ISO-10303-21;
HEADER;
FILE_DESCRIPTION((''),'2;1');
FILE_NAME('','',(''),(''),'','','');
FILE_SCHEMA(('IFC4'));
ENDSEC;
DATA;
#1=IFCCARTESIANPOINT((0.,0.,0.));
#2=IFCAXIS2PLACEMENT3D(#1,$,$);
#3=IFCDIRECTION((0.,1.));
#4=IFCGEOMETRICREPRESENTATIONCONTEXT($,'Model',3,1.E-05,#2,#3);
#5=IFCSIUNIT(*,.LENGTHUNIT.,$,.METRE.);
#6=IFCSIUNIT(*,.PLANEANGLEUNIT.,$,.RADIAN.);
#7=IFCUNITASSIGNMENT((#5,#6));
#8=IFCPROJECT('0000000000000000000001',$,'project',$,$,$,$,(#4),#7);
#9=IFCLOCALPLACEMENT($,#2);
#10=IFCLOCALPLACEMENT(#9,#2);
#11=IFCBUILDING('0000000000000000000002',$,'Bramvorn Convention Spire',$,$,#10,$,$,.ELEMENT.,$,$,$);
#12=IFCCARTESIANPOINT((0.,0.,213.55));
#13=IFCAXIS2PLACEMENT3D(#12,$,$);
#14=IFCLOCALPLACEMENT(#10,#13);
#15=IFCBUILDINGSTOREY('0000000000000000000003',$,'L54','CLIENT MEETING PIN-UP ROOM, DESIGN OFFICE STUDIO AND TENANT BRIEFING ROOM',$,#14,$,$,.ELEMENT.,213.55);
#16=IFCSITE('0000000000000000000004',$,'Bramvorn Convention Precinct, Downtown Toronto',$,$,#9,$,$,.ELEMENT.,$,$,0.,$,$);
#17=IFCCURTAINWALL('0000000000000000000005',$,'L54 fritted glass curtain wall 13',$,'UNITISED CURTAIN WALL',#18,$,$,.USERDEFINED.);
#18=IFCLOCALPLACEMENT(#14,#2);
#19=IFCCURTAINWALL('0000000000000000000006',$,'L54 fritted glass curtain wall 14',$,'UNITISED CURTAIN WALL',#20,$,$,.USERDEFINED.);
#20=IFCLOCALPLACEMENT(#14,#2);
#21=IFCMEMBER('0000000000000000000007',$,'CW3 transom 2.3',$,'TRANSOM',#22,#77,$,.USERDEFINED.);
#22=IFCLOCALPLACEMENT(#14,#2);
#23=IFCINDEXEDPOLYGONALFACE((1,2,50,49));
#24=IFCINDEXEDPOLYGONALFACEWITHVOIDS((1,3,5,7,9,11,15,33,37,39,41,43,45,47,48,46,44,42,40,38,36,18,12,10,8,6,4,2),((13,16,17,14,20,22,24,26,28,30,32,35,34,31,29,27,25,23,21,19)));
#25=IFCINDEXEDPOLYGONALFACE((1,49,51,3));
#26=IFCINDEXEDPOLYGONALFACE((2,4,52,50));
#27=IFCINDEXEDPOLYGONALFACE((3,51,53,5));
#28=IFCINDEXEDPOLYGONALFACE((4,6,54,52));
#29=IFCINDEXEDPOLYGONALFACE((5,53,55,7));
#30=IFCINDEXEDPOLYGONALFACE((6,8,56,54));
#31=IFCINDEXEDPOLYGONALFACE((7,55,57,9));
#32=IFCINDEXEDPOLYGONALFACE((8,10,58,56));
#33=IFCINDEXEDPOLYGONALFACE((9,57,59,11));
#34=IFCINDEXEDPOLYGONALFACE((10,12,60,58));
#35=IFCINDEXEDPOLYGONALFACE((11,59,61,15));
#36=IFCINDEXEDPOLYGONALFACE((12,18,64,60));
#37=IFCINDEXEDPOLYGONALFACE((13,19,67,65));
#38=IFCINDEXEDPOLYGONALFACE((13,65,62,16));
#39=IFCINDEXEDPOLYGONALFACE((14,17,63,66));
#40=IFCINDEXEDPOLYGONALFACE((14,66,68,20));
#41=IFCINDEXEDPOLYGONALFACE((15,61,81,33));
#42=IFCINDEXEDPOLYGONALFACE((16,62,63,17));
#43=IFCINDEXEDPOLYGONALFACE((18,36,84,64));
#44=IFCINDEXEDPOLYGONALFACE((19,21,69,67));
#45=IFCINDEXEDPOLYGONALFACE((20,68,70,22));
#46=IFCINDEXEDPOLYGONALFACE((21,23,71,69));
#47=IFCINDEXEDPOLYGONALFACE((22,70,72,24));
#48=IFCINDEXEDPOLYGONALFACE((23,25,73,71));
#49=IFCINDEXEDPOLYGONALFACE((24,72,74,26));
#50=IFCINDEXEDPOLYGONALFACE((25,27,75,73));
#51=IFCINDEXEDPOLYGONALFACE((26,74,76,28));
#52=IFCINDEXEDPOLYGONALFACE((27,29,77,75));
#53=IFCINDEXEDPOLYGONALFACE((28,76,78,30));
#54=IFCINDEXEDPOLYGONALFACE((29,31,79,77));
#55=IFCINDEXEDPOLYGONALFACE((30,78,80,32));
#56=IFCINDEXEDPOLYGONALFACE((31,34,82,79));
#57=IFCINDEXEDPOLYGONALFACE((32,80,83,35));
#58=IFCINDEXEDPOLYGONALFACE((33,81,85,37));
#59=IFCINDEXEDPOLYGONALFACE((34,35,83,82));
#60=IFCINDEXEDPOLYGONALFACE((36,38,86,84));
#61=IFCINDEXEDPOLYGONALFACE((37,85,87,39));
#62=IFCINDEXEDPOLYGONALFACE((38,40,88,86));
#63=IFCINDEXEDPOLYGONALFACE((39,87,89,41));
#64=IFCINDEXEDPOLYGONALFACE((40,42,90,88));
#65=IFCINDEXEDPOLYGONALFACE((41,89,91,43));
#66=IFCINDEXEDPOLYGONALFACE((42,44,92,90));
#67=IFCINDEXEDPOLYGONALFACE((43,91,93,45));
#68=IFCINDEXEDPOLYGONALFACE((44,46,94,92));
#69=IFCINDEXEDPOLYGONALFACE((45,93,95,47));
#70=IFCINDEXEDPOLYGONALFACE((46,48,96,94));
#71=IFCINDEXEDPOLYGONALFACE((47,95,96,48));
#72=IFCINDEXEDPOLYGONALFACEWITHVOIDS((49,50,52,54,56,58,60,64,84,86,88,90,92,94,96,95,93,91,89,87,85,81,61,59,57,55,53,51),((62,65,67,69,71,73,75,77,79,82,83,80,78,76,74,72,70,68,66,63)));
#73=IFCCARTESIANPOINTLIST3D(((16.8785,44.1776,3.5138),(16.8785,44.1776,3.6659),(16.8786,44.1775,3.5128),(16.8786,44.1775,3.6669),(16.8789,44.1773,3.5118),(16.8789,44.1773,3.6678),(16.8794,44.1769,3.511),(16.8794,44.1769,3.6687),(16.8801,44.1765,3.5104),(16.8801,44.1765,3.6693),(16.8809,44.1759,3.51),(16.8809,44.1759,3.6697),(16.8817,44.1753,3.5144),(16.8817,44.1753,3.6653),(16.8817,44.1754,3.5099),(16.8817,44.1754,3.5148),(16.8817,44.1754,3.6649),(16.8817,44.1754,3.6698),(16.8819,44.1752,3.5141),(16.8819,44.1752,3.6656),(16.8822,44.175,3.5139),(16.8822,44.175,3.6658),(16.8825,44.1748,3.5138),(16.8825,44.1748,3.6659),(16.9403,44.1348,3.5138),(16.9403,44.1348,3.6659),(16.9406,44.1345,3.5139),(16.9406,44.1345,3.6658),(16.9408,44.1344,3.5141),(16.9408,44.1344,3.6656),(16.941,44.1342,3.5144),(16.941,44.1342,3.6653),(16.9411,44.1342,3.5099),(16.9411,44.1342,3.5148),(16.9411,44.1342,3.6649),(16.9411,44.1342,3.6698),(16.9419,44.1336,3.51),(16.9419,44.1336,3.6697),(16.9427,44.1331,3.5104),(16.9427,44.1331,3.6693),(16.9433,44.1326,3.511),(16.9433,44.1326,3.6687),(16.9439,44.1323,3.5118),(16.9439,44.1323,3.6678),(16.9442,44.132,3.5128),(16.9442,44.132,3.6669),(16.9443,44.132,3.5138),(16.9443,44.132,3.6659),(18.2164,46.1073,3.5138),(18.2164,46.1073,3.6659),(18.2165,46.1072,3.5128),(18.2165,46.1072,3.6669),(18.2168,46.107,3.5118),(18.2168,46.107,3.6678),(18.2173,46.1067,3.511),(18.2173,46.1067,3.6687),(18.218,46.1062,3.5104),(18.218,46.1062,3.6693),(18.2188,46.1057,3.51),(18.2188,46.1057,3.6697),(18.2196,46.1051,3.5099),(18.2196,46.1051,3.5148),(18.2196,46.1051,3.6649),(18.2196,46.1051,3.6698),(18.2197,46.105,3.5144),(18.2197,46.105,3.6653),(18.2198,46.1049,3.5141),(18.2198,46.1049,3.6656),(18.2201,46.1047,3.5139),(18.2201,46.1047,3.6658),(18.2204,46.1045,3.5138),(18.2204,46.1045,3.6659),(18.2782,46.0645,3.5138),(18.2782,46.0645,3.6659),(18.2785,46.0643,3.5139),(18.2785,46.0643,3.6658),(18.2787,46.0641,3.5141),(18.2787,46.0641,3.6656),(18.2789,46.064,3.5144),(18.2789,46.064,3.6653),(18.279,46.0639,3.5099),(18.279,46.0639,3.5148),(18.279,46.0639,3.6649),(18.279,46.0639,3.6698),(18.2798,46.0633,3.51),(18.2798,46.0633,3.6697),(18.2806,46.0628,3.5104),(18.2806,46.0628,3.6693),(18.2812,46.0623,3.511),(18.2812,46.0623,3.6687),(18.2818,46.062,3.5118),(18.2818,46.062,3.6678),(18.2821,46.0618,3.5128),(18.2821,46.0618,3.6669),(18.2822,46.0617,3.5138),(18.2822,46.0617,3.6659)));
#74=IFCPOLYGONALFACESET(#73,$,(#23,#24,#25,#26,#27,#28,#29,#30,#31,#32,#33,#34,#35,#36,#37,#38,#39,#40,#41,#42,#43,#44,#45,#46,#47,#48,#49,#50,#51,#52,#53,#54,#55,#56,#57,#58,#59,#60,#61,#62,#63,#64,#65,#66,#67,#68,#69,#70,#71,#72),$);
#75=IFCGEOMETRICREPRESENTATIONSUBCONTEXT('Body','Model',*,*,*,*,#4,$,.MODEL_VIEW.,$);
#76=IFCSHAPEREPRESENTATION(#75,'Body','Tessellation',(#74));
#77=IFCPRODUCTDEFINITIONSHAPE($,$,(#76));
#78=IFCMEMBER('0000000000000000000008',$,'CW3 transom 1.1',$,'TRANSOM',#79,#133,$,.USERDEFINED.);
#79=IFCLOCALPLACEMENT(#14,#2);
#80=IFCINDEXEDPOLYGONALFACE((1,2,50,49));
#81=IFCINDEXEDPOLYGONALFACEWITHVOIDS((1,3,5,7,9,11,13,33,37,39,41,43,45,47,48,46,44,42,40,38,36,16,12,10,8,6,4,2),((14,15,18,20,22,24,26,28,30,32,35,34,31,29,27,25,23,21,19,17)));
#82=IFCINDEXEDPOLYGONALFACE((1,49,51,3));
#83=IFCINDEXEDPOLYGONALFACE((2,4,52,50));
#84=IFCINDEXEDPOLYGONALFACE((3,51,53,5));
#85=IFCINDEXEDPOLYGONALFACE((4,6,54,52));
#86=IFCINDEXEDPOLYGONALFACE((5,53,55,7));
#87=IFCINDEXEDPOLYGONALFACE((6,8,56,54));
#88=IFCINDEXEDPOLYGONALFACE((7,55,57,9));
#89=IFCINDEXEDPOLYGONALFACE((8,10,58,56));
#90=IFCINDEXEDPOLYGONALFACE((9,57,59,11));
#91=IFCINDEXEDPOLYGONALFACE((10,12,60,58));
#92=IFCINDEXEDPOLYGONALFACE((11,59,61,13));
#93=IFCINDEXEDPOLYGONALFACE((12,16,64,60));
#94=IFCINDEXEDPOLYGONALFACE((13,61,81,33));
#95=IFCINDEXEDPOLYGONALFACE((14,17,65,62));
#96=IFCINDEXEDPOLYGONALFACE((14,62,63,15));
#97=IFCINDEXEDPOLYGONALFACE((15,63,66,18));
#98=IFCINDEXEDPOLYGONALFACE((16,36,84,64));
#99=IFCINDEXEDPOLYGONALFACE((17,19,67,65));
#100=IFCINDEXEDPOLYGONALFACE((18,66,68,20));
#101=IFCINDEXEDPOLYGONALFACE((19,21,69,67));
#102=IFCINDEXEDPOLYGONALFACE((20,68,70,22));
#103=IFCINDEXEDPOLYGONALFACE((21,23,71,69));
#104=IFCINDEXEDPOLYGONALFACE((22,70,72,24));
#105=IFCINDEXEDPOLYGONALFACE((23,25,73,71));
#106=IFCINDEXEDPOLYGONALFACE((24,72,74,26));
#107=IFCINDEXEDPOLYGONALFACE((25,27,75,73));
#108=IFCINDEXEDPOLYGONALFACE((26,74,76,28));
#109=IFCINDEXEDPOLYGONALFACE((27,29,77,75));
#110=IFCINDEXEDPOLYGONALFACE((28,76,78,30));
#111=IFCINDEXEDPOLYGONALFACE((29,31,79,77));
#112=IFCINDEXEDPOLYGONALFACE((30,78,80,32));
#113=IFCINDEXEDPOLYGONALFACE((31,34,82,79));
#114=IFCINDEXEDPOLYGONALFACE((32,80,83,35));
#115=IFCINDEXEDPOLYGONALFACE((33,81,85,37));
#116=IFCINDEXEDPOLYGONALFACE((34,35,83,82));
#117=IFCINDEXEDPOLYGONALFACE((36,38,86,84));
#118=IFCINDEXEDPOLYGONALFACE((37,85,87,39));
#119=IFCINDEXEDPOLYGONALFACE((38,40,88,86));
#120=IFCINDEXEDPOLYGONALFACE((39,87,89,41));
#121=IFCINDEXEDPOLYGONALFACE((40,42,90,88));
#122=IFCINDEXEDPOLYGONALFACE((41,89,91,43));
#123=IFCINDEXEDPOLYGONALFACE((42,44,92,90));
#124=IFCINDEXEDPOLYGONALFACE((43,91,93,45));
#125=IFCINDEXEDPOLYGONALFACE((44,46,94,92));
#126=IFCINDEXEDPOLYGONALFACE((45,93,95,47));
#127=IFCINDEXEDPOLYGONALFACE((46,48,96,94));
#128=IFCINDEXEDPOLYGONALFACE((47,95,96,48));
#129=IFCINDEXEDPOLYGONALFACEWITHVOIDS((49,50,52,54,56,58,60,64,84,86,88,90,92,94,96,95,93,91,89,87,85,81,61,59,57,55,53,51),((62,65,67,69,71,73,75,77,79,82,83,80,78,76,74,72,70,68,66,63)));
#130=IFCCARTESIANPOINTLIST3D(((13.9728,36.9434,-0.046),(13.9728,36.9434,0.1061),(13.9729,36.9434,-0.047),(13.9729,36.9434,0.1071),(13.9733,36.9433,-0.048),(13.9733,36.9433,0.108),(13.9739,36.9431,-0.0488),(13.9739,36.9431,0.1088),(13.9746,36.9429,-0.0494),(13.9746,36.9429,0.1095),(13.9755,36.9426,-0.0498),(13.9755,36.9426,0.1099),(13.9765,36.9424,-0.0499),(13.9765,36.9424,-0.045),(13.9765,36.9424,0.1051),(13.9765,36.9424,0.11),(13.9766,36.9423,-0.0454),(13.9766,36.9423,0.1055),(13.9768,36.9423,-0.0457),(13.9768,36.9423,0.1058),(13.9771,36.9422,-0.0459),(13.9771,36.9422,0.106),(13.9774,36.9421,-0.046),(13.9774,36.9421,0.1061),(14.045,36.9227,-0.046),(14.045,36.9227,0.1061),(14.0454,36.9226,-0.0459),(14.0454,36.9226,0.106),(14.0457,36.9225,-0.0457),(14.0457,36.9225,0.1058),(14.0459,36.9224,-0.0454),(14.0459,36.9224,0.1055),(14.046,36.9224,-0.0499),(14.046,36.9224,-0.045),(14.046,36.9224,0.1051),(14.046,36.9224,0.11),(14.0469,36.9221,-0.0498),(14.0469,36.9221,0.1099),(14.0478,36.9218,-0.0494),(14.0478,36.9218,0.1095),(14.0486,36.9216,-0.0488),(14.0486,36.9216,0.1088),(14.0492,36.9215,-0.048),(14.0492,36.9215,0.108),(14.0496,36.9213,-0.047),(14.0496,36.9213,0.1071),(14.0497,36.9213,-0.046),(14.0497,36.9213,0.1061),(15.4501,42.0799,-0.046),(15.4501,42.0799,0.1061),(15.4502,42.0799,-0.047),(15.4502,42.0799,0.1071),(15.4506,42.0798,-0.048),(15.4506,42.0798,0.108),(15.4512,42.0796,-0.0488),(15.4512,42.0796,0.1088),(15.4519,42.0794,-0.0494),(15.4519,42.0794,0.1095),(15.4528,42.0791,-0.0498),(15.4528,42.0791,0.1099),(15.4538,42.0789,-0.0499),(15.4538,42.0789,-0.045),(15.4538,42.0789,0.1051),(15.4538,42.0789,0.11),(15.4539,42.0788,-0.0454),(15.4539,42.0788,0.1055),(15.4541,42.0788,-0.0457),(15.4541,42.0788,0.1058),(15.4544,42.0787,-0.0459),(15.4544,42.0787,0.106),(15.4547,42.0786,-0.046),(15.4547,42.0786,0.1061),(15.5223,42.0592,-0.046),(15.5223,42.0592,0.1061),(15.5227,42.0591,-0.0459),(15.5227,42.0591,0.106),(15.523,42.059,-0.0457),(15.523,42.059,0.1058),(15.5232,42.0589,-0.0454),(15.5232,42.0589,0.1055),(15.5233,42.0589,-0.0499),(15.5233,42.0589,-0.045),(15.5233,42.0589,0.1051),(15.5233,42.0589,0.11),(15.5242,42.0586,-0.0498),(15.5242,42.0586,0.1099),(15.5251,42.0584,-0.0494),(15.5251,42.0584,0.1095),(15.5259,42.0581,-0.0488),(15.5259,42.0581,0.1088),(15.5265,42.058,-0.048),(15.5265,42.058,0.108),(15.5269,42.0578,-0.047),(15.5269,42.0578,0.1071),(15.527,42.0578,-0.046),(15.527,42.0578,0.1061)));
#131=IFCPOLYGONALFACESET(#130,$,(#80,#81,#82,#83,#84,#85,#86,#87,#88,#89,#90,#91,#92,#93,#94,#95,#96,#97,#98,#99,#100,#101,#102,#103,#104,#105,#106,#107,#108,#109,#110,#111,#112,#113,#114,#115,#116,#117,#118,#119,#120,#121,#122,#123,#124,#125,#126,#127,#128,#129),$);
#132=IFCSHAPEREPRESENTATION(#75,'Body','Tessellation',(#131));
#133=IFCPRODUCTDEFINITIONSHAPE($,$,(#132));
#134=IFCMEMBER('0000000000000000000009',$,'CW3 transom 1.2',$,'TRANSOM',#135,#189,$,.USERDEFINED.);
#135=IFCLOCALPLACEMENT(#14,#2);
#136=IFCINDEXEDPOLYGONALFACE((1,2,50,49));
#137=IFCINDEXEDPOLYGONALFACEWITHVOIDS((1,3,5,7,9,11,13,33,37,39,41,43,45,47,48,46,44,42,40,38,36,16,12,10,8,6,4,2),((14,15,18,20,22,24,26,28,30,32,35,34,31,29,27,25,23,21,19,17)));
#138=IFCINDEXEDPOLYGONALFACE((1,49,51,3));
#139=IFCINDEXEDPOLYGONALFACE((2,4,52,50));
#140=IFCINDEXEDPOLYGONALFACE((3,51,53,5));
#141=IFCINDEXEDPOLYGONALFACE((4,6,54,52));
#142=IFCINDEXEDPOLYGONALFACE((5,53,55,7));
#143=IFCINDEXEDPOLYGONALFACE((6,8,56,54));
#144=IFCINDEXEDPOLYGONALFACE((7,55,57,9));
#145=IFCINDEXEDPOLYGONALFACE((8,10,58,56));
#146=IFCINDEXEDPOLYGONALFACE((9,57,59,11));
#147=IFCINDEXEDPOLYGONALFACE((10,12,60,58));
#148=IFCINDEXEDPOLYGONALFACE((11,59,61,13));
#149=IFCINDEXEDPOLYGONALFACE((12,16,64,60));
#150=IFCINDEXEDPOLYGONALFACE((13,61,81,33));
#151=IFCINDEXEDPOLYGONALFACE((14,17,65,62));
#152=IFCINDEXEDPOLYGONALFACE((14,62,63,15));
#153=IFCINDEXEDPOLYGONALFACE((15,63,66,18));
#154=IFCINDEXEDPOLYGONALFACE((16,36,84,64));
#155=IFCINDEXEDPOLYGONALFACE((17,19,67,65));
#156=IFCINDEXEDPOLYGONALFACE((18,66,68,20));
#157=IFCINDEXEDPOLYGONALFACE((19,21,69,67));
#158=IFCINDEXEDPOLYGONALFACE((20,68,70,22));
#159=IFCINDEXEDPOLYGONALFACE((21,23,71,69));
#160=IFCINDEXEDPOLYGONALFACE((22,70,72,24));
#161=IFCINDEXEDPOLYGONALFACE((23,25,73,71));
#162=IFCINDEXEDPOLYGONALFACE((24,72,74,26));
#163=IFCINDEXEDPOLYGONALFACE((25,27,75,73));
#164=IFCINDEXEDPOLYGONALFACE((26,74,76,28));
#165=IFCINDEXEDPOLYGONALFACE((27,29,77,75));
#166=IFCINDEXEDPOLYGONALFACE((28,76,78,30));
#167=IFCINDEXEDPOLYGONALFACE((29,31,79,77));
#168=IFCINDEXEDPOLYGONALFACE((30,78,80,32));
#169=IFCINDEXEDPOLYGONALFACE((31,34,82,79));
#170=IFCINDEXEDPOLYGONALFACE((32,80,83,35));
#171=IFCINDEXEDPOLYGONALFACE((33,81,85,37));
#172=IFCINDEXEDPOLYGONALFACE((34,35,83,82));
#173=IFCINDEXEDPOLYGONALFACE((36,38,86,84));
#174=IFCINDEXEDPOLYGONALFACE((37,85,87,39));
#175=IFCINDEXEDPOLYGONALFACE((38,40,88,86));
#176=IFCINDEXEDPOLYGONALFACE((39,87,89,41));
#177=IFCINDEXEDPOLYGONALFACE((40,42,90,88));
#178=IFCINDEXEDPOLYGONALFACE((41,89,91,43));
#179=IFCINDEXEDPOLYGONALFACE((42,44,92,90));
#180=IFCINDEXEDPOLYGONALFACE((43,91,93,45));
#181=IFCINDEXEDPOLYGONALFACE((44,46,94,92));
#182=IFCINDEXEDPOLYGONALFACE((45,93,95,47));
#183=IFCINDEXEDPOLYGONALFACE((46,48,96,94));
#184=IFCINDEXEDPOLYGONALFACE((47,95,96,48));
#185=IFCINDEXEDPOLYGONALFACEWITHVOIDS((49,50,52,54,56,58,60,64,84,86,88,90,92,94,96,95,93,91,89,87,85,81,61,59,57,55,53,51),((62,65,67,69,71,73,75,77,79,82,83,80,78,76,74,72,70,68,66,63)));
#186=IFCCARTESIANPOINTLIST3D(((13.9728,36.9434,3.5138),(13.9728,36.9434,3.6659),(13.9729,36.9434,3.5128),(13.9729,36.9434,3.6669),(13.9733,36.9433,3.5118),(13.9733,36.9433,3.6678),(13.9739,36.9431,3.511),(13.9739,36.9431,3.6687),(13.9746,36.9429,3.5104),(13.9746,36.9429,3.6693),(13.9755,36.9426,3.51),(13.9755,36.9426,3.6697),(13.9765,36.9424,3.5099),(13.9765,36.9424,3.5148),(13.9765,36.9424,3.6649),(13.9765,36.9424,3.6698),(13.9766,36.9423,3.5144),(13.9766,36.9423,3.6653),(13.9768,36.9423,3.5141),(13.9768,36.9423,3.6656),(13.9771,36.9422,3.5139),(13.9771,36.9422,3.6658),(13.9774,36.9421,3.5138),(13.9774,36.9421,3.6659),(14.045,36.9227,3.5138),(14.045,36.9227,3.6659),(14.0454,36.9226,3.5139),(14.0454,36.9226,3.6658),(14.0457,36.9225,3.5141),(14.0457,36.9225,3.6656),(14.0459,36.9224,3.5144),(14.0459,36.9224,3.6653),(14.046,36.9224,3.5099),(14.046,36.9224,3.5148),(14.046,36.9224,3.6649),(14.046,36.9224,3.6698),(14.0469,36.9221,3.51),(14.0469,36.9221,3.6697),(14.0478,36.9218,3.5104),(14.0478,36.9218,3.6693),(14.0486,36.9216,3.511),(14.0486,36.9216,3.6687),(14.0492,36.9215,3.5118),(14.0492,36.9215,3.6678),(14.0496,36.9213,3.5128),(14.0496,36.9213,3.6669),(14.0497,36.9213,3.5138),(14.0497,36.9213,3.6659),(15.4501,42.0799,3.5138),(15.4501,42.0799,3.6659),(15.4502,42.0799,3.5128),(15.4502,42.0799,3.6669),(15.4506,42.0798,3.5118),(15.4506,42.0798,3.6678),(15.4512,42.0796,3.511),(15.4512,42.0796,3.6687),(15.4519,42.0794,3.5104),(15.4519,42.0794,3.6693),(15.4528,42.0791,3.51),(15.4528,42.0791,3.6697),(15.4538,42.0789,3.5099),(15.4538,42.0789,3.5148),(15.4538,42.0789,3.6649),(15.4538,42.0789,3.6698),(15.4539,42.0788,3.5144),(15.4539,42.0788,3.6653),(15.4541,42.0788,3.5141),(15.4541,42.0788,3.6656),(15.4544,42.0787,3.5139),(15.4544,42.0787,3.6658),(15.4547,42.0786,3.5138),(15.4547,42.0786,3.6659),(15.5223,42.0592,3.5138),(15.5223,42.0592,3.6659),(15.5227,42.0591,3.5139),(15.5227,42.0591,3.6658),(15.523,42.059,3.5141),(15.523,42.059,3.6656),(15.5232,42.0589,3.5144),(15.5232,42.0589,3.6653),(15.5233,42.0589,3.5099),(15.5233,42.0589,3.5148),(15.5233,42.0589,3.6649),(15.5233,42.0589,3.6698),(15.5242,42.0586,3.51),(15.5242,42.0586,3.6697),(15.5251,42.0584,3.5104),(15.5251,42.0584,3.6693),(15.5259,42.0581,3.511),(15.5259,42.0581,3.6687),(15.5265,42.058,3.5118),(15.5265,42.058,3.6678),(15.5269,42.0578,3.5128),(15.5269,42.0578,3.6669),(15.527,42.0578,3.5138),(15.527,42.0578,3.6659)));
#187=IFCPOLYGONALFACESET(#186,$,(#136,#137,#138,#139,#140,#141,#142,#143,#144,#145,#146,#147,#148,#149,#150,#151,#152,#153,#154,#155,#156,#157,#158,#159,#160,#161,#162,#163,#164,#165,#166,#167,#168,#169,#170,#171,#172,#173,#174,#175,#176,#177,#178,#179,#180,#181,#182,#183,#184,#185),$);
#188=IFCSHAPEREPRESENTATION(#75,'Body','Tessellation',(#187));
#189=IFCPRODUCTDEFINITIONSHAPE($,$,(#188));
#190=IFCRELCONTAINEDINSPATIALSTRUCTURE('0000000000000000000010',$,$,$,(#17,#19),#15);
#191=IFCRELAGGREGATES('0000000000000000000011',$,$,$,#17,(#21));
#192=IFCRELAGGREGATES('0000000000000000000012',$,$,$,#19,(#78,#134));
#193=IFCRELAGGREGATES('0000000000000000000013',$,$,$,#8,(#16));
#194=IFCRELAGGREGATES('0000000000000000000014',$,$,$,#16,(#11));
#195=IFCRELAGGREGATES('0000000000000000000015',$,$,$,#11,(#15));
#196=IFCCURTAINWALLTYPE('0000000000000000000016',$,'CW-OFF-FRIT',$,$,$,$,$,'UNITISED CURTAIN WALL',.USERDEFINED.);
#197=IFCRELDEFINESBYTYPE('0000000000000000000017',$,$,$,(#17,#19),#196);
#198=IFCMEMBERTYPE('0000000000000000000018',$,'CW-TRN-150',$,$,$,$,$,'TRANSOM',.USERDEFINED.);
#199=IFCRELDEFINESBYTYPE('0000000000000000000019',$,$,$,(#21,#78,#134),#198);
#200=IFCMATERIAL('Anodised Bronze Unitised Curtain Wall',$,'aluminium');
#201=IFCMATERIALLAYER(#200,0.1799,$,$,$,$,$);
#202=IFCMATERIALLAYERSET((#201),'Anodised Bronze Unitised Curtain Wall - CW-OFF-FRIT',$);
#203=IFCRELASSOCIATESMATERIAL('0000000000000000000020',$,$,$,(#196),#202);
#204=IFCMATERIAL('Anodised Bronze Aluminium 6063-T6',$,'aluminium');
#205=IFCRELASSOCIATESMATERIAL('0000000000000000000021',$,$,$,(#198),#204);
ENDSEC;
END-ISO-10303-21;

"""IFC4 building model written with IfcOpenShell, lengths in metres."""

from ifc_helpers import new_model, si_unit, direction, frame, origin, origin_2d, place, context, subcontext, project, spatial, hollow_rectangle, extrude, material, layer, layer_set, material_profile, profile_set, type_object, element, aggregate, save


model = new_model("IFC4")

# Units and contexts
model_context = context("Model", 3, precision=1e-05, world=origin(), true_north=direction((0.0, 1.0)))
body_context = subcontext(model_context, "Body", "Model", "MODEL_VIEW")
ifc_project = project(units=[si_unit("LENGTHUNIT", "METRE"), si_unit("PLANEANGLEUNIT", "RADIAN")], contexts=[model_context])

# Site, building, storey
site_placement = place(None, origin())
site = spatial("IfcSite", under=ifc_project, at=site_placement, Name="Bramvorn Convention Precinct, Downtown Toronto", CompositionType="ELEMENT", RefElevation=0.0)
building_placement = place(site_placement, origin())
building = spatial("IfcBuilding", under=site, at=building_placement, Name="Bramvorn Convention Spire", CompositionType="ELEMENT")
storey_placement = place(building_placement, frame((0.0, 0.0, 213.55)))
storey = spatial("IfcBuildingStorey", under=building, at=storey_placement, Name="L54", Description="CLIENT MEETING PIN-UP ROOM, DESIGN OFFICE STUDIO AND TENANT BRIEFING ROOM", CompositionType="ELEMENT", Elevation=213.55)

# Curtain walls
ifc_material_1 = material(Name="Anodised Bronze Unitised Curtain Wall", Category="aluminium")
ifc_layer_1 = layer(ifc_material_1, 0.1799)
ifc_layer_set_1 = layer_set([ifc_layer_1], Name="Anodised Bronze Unitised Curtain Wall - CW-OFF-FRIT")
curtain_wall_type = type_object("IfcCurtainWallType", Name="CW-OFF-FRIT", ElementType="UNITISED CURTAIN WALL", PredefinedType="USERDEFINED", material=ifc_layer_set_1)
curtain_wall_1_placement = place(storey_placement, origin())
curtain_wall_1 = element("IfcCurtainWall", 1, at=curtain_wall_1_placement, inside=storey, type_object=curtain_wall_type, Name="L54 fritted glass curtain wall 13", ObjectType="UNITISED CURTAIN WALL", PredefinedType="USERDEFINED")
ifc_material_2 = material(Name="Anodised Bronze Aluminium 6063-T6", Category="aluminium")
curtain_wall_2_placement = place(storey_placement, origin())
curtain_wall_2 = element("IfcCurtainWall", 2, at=curtain_wall_2_placement, inside=storey, type_object=curtain_wall_type, Name="L54 fritted glass curtain wall 14", ObjectType="UNITISED CURTAIN WALL", PredefinedType="USERDEFINED")

# Members
ifc_material_profile_1 = material_profile(ifc_material_2, hollow_rectangle(XDim=0.0801, YDim=0.1599, WallThickness=0.0039, InnerFilletRadius=0.001, OuterFilletRadius=0.0039, at=origin_2d()))
ifc_profile_set_1 = profile_set([ifc_material_profile_1], Name="Anodised Bronze Aluminium 6063-T6 - CWT80X160")
member_type_1 = type_object("IfcMemberType", Name="CW-TRN-150", ElementType="TRANSOM", PredefinedType="USERDEFINED", material=ifc_profile_set_1)
member_1_placement = place(storey_placement, frame((16.9114, 44.1548, 3.5898), z_axis=(0.569772, 0.821803, 0.0), x_axis=(-0.821803, 0.569772, 0.0)))
member_1 = element("IfcMember", 3, at=member_1_placement, type_object=member_type_1, Name="CW3 transom 2.3", ObjectType="TRANSOM", PredefinedType="USERDEFINED", context=body_context, shape_type="SweptSolid", body=[
    extrude(hollow_rectangle(XDim=0.0801, YDim=0.1599, WallThickness=0.0039, InnerFilletRadius=0.001, OuterFilletRadius=0.0039, at=origin_2d()), origin(), (0.0, 0.0, 1.0), 2.3481),
])
member_2_placement = place(storey_placement, frame((14.0112, 36.9324, 0.03), z_axis=(0.276404, 0.961042, 0.0), x_axis=(-0.961042, 0.276404, 0.0)))
member_2 = element("IfcMember", 4, at=member_2_placement, type_object=member_type_1, Name="CW3 transom 1.1", ObjectType="TRANSOM", PredefinedType="USERDEFINED", context=body_context, shape_type="SweptSolid", body=[
    extrude(hollow_rectangle(XDim=0.0801, YDim=0.1599, WallThickness=0.0039, InnerFilletRadius=0.001, OuterFilletRadius=0.0039, at=origin_2d()), origin(), (0.0, 0.0, 1.0), 5.3447),
])
member_3_placement = place(storey_placement, frame((14.0112, 36.9324, 3.5898), z_axis=(0.276404, 0.961042, 0.0), x_axis=(-0.961042, 0.276404, 0.0)))
member_3 = element("IfcMember", 5, at=member_3_placement, type_object=member_type_1, Name="CW3 transom 1.2", ObjectType="TRANSOM", PredefinedType="USERDEFINED", context=body_context, shape_type="SweptSolid", body=[
    extrude(hollow_rectangle(XDim=0.0801, YDim=0.1599, WallThickness=0.0039, InnerFilletRadius=0.001, OuterFilletRadius=0.0039, at=origin_2d()), origin(), (0.0, 0.0, 1.0), 5.3447),
])

aggregate(curtain_wall_1, [member_1])
aggregate(curtain_wall_2, [member_2, member_3])

save(model, "model.ifc")
